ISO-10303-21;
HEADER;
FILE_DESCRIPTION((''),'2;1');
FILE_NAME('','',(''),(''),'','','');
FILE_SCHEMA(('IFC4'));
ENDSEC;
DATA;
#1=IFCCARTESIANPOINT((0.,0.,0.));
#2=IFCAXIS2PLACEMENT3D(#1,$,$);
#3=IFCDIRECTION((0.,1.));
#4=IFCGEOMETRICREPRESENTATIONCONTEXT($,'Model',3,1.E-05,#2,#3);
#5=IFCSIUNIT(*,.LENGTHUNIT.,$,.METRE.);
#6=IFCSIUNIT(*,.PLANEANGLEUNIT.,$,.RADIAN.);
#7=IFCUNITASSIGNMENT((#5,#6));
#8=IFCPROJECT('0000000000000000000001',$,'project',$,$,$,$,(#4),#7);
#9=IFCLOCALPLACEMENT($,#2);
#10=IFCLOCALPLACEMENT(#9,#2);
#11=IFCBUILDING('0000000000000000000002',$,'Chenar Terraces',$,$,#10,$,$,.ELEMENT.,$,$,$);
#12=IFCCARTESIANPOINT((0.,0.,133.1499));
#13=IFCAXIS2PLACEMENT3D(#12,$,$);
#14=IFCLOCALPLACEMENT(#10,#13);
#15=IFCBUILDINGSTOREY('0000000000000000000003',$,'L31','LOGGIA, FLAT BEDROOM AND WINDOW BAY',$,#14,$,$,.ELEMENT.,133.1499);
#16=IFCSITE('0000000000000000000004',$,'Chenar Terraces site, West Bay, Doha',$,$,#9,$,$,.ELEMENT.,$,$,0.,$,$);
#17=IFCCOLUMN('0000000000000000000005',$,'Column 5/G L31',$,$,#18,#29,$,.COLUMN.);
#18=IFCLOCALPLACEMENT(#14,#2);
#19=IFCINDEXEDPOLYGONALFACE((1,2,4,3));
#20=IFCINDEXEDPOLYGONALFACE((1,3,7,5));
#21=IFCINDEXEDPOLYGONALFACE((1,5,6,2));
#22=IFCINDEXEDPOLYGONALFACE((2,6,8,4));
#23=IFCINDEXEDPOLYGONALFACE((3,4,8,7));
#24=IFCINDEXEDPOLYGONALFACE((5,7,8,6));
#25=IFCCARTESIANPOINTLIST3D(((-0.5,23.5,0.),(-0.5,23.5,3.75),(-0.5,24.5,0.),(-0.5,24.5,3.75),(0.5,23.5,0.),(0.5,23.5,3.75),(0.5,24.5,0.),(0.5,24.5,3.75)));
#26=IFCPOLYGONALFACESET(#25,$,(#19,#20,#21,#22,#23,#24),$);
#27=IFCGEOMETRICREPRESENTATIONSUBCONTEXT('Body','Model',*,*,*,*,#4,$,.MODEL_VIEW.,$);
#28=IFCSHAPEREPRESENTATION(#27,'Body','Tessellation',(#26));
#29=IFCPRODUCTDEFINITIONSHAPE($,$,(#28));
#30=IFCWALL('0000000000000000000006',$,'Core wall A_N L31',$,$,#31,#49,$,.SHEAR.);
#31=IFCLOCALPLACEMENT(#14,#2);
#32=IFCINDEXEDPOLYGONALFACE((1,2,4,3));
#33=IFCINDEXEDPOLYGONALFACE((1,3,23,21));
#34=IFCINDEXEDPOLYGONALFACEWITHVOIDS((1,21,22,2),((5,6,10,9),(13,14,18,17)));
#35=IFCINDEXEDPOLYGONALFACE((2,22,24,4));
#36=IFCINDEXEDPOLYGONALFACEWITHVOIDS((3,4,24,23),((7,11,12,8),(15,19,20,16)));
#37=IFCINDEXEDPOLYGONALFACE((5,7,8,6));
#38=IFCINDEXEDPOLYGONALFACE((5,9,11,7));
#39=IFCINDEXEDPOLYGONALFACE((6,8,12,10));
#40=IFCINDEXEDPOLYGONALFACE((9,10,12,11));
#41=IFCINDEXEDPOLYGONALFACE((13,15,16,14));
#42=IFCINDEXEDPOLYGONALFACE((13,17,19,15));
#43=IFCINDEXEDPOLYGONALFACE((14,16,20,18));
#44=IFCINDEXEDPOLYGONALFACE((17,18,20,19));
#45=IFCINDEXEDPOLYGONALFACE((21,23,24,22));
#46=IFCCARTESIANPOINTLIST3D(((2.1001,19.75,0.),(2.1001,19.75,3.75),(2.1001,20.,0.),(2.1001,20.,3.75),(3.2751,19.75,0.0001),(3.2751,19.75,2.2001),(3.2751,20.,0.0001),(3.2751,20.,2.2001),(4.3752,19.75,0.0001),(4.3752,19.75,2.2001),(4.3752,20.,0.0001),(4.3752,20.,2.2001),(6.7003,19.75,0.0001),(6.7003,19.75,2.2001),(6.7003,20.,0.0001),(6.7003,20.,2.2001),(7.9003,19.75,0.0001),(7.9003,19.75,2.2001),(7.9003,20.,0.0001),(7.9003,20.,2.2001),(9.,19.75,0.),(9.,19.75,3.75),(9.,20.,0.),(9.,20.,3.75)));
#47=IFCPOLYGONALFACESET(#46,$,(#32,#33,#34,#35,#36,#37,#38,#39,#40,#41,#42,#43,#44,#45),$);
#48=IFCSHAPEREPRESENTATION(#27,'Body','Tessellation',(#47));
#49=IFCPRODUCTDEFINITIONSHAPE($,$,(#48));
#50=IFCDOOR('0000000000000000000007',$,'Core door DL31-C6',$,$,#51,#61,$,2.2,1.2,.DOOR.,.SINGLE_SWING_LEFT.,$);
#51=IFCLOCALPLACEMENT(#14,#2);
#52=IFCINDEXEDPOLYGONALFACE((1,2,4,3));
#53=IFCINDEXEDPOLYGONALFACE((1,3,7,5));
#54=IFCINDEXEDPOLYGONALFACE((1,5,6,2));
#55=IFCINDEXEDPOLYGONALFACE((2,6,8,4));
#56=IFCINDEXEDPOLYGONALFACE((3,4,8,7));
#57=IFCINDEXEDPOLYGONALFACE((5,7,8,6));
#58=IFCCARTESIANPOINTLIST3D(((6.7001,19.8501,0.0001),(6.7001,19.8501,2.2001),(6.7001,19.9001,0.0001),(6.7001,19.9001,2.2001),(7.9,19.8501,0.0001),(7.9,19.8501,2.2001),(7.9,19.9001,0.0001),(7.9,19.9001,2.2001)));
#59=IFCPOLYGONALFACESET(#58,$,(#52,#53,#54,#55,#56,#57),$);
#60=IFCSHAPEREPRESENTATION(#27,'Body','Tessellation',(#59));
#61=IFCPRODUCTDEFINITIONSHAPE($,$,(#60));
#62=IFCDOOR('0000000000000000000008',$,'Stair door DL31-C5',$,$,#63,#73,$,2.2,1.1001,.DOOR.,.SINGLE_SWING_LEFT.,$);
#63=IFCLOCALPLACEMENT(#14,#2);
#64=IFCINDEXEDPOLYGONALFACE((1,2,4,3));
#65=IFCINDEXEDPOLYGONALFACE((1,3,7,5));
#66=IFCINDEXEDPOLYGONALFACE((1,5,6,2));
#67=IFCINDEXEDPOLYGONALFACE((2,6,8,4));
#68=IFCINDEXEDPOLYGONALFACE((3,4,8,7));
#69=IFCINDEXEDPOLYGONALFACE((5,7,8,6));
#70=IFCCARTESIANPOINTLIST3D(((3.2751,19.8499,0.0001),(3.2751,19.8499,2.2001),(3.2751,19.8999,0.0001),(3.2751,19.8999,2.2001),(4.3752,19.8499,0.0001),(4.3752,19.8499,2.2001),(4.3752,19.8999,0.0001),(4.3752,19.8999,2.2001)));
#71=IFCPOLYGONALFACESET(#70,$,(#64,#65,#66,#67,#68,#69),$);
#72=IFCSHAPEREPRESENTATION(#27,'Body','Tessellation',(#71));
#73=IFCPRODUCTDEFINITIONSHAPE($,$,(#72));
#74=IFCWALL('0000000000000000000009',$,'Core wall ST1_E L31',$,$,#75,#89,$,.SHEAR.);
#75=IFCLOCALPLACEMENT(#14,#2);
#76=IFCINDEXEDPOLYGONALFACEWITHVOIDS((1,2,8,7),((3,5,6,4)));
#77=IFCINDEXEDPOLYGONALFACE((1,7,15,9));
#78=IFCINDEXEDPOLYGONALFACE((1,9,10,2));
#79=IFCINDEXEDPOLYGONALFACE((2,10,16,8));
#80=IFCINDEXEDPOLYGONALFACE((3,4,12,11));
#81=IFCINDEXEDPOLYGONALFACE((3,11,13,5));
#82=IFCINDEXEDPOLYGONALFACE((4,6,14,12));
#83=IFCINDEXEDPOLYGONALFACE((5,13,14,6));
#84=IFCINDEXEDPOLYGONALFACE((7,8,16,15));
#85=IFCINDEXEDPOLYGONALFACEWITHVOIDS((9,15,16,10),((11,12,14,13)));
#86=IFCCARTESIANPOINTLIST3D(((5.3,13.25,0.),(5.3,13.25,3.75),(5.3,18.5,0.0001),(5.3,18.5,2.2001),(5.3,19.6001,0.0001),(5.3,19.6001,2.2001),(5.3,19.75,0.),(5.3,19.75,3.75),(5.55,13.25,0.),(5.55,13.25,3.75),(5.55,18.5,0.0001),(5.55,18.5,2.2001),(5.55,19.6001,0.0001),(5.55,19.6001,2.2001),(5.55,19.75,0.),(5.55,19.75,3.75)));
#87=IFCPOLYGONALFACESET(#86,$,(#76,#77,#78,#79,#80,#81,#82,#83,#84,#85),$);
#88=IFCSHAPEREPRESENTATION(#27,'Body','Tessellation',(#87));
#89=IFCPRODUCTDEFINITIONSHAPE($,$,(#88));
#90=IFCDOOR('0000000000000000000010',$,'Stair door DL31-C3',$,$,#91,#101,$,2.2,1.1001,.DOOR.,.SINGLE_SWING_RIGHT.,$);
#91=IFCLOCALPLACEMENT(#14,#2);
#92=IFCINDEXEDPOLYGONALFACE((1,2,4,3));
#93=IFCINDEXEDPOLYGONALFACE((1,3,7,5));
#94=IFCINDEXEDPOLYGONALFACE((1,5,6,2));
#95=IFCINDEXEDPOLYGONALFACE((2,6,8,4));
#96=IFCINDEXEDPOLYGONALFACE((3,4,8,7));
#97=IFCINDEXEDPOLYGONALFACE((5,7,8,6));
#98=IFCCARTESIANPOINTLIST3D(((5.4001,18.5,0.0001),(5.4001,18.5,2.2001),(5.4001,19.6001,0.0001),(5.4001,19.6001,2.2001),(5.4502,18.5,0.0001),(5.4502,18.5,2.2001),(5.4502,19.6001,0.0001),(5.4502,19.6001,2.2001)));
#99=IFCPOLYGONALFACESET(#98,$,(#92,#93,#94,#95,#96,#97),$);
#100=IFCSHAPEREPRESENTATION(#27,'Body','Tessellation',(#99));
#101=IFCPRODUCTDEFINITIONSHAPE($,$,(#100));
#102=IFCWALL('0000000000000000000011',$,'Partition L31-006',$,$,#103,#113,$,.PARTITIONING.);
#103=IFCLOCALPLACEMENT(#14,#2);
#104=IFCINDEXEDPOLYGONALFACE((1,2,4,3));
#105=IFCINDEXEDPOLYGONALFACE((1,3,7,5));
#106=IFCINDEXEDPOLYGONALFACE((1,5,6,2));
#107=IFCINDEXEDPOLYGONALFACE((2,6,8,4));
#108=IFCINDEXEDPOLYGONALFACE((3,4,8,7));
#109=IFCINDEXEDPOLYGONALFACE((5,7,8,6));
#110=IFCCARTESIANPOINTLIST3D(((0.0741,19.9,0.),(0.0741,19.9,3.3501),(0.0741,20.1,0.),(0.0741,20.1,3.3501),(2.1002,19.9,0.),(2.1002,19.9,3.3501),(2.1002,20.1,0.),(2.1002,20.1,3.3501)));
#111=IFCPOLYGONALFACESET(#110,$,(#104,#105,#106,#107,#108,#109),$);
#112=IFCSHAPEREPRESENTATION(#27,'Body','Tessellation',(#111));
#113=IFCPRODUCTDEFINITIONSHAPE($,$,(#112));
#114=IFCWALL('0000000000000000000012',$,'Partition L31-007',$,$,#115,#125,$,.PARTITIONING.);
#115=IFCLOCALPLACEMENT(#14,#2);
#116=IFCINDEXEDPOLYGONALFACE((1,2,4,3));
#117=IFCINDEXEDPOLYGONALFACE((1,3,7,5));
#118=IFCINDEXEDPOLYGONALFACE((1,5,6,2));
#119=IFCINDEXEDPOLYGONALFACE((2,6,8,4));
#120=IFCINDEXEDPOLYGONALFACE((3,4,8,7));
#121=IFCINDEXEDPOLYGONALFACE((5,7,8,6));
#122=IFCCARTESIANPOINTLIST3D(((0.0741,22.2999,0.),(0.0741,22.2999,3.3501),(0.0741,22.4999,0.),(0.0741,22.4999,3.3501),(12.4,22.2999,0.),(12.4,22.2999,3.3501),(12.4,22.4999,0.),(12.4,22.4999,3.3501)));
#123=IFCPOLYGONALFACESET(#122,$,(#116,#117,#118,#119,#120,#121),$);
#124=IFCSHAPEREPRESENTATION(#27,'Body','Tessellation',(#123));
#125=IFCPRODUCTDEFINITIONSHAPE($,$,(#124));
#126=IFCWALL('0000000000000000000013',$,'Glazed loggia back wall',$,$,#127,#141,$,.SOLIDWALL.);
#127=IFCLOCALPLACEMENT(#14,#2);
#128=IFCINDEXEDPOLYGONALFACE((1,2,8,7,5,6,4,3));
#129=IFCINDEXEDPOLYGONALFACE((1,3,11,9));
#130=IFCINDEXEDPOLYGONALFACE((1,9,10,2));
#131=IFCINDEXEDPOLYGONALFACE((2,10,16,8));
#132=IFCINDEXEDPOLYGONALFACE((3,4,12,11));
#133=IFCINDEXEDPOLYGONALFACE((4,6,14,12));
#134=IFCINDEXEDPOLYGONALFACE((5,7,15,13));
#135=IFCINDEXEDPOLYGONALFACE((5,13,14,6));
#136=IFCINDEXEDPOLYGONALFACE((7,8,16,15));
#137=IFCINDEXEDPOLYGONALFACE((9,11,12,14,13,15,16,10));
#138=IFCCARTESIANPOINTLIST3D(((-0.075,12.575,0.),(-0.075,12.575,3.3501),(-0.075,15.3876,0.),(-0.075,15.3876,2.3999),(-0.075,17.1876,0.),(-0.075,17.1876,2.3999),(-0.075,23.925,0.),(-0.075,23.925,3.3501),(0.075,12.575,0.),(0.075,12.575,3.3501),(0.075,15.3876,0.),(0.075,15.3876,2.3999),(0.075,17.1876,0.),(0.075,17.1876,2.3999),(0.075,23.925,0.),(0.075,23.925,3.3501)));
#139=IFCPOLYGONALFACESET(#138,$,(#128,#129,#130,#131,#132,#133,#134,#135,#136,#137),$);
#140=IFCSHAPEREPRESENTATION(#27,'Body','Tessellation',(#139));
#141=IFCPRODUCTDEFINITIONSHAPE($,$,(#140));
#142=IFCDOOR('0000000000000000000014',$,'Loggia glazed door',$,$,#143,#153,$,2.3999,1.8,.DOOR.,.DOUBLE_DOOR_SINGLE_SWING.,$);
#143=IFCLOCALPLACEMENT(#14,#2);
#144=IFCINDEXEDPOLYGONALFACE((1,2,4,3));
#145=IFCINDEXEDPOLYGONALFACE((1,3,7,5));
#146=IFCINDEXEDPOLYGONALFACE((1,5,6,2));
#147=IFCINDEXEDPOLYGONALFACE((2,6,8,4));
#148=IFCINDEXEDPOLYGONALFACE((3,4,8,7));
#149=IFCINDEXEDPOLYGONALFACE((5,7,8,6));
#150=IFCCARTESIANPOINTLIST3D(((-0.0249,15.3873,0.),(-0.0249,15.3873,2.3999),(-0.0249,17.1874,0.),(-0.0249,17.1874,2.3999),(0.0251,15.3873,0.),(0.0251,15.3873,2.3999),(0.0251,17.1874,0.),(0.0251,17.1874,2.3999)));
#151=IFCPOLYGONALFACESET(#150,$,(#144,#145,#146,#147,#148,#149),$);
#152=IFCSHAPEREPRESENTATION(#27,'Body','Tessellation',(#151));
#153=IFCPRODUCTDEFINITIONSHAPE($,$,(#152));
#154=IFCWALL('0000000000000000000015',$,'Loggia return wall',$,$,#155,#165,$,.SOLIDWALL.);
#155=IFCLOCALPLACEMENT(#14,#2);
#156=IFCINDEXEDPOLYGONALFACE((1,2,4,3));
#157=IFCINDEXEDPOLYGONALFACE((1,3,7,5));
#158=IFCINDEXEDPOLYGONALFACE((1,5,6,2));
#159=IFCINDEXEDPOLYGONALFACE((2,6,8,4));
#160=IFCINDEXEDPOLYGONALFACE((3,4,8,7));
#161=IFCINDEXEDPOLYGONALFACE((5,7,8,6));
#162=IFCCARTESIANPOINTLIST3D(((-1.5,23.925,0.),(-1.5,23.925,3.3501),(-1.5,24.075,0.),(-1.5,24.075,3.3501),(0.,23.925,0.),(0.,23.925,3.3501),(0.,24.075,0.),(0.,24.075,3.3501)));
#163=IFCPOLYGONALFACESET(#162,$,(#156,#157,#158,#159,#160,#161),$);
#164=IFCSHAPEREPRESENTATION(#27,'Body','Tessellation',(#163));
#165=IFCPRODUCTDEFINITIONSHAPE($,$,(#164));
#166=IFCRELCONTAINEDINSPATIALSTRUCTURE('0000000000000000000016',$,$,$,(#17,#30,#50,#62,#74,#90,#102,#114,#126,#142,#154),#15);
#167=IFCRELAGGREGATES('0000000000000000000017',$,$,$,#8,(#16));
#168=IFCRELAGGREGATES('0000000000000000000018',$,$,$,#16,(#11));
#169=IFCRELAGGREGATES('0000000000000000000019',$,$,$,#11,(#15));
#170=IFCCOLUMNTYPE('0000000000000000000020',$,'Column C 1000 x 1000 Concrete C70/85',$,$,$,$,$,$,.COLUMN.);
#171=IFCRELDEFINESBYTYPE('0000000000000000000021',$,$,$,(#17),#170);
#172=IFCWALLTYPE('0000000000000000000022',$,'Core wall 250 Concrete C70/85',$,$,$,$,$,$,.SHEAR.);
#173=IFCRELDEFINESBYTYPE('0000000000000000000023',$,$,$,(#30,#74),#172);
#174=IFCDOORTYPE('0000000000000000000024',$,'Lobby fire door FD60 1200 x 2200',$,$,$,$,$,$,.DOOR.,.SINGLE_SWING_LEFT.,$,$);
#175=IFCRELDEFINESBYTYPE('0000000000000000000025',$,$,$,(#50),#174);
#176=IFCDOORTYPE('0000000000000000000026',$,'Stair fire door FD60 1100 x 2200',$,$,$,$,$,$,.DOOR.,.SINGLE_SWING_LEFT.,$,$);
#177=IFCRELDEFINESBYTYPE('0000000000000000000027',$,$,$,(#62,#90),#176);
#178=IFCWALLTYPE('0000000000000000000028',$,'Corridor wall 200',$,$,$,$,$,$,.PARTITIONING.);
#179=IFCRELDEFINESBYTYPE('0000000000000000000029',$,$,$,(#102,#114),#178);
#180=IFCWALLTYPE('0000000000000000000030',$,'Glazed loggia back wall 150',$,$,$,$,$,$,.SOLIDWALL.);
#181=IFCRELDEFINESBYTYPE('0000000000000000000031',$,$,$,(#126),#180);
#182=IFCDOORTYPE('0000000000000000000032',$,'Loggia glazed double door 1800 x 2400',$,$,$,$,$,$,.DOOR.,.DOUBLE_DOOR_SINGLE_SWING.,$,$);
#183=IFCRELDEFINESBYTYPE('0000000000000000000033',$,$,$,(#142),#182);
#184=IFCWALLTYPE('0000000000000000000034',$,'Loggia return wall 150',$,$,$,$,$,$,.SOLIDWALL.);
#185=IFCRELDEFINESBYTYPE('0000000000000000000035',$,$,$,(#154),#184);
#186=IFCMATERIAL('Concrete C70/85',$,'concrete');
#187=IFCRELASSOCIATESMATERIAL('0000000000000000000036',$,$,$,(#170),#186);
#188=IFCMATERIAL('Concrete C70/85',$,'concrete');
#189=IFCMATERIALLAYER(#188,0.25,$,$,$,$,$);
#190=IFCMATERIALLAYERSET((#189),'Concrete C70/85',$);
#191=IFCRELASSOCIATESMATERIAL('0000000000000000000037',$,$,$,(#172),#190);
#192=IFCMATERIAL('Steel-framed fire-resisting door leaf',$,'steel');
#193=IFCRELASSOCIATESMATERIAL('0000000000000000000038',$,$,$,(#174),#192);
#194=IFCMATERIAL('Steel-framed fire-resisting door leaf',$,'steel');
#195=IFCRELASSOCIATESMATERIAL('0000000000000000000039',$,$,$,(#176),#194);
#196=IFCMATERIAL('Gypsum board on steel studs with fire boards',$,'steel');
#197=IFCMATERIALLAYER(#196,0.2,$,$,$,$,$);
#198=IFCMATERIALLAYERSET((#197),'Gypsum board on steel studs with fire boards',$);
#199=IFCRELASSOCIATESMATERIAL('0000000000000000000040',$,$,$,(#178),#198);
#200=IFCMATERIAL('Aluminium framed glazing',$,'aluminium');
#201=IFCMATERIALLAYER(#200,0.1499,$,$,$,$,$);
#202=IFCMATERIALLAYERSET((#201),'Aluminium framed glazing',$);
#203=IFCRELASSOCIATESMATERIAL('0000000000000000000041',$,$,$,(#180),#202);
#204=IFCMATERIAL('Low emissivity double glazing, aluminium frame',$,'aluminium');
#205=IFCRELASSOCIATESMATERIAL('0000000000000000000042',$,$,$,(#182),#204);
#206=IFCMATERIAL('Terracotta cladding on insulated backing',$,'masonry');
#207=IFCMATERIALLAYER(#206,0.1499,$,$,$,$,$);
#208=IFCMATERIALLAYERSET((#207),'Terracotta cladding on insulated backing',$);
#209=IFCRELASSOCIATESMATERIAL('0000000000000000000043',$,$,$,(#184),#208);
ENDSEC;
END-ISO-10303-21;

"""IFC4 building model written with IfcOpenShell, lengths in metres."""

from ifc_helpers import new_model, si_unit, direction, frame, frame_2d, origin, origin_2d, place, context, subcontext, project, spatial, rectangle, extrude, material, layer, layer_set, material_profile, profile_set, type_object, element, fill, save


model = new_model("IFC4")

# Units and contexts
model_context = context("Model", 3, precision=1e-05, world=origin(), true_north=direction((0.0, 1.0)))
body_context = subcontext(model_context, "Body", "Model", "MODEL_VIEW")
ifc_project = project(units=[si_unit("LENGTHUNIT", "METRE"), si_unit("PLANEANGLEUNIT", "RADIAN")], contexts=[model_context])

# Site, building, storey
site_placement = place(None, origin())
site = spatial("IfcSite", under=ifc_project, at=site_placement, Name="Chenar Terraces site, West Bay, Doha", CompositionType="ELEMENT", RefElevation=0.0)
building_placement = place(site_placement, origin())
building = spatial("IfcBuilding", under=site, at=building_placement, Name="Chenar Terraces", CompositionType="ELEMENT")
storey_placement = place(building_placement, frame((0.0, 0.0, 133.1499)))
storey = spatial("IfcBuildingStorey", under=building, at=storey_placement, Name="L31", Description="LOGGIA, FLAT BEDROOM AND WINDOW BAY", CompositionType="ELEMENT", Elevation=133.1499)

# Column
ifc_material_1 = material(Name="Concrete C70/85", Category="concrete")
ifc_material_profile = material_profile(ifc_material_1, rectangle(XDim=1.0, YDim=1.0, at=origin_2d()), Name="C 1000 x 1000")
ifc_profile_set = profile_set([ifc_material_profile], Name="Concrete C70/85")
column_type = type_object("IfcColumnType", Name="Column C 1000 x 1000 Concrete C70/85", PredefinedType="COLUMN", material=ifc_profile_set)
column_placement = place(storey_placement, frame((0.0, 24.0, 0.0), z_axis=(0.0, 0.0, 1.0), x_axis=(1.0, 0.0, 0.0)))
element("IfcColumn", 1, at=column_placement, inside=storey, type_object=column_type, Name="Column 5/G L31", PredefinedType="COLUMN", context=body_context, shape_type="SweptSolid", body=[
    extrude(rectangle(XDim=1.0, YDim=1.0, at=origin_2d()), origin(), (0.0, 0.0, 1.0), 3.75),
])

# Wall, openings, doors
ifc_material_2 = material(Name="Concrete C70/85", Category="concrete")
ifc_layer_1 = layer(ifc_material_2, 0.25)
ifc_layer_set_1 = layer_set([ifc_layer_1], Name="Concrete C70/85")
wall_type_1 = type_object("IfcWallType", Name="Core wall 250 Concrete C70/85", PredefinedType="SHEAR", material=ifc_layer_set_1)
wall_1_placement = place(storey_placement, frame((2.1001, 19.875, 0.0), z_axis=(0.0, 0.0, 1.0), x_axis=(1.0, 0.0, 0.0)))
wall_1 = element("IfcWall", 2, at=wall_1_placement, inside=storey, type_object=wall_type_1, Name="Core wall A_N L31", PredefinedType="SHEAR", context=body_context, shape_type="SweptSolid", body=[
    extrude(rectangle(XDim=6.8999, YDim=0.25, at=frame_2d((3.45, 0.0))), origin(), (0.0, 0.0, 1.0), 3.75),
])
opening_1_placement = place(wall_1_placement, frame((1.175, 0.0, 0.0)))
opening_1 = element("IfcOpeningElement", 3, at=opening_1_placement, cuts=wall_1, PredefinedType="OPENING", context=body_context, shape_type="SweptSolid", body=[
    extrude(rectangle(XDim=1.1001, YDim=2.2, at=frame_2d((0.55, 1.1001))), frame((0.0, 0.135, 0.0), z_axis=(0.0, -1.0, 0.0), x_axis=(1.0, 0.0, 0.0)), (0.0, 0.0, 1.0), 0.27),
])
opening_2_placement = place(wall_1_placement, frame((4.6001, 0.0, 0.0)))
opening_2 = element("IfcOpeningElement", 4, at=opening_2_placement, cuts=wall_1, PredefinedType="OPENING", context=body_context, shape_type="SweptSolid", body=[
    extrude(rectangle(XDim=1.2, YDim=2.2, at=frame_2d((0.6001, 1.1001))), frame((0.0, 0.135, 0.0), z_axis=(0.0, -1.0, 0.0), x_axis=(1.0, 0.0, 0.0)), (0.0, 0.0, 1.0), 0.27),
])
ifc_material_3 = material(Name="Steel-framed fire-resisting door leaf", Category="steel")
door_type_1 = type_object("IfcDoorType", Name="Lobby fire door FD60 1200 x 2200", OperationType="SINGLE_SWING_LEFT", PredefinedType="DOOR", material=ifc_material_3)
door_1_placement = place(opening_2_placement, frame((1.2, 0.0, 0.0), z_axis=(0.0, 0.0, 1.0), x_axis=(-1.0, 0.0, 0.0)))
door_1 = element("IfcDoor", 5, at=door_1_placement, inside=storey, type_object=door_type_1, Name="Core door DL31-C6", OperationType="SINGLE_SWING_LEFT", OverallHeight=2.2, OverallWidth=1.2, PredefinedType="DOOR", context=body_context, shape_type="SweptSolid", body=[
    extrude(rectangle(XDim=1.2, YDim=2.2, at=frame_2d((0.6001, 1.1001))), frame((0.0, 0.0249, 0.0), z_axis=(0.0, -1.0, 0.0), x_axis=(1.0, 0.0, 0.0)), (0.0, 0.0, 1.0), 0.05),
])
fill(opening_2, door_1)
ifc_material_4 = material(Name="Steel-framed fire-resisting door leaf", Category="steel")
door_type_2 = type_object("IfcDoorType", Name="Stair fire door FD60 1100 x 2200", OperationType="SINGLE_SWING_LEFT", PredefinedType="DOOR", material=ifc_material_4)
door_2_placement = place(opening_1_placement, origin())
door_2 = element("IfcDoor", 6, at=door_2_placement, inside=storey, type_object=door_type_2, Name="Stair door DL31-C5", OperationType="SINGLE_SWING_LEFT", OverallHeight=2.2, OverallWidth=1.1001, PredefinedType="DOOR", context=body_context, shape_type="SweptSolid", body=[
    extrude(rectangle(XDim=1.1001, YDim=2.2, at=frame_2d((0.55, 1.1001))), frame((0.0, 0.0249, 0.0), z_axis=(0.0, -1.0, 0.0), x_axis=(1.0, 0.0, 0.0)), (0.0, 0.0, 1.0), 0.05),
])
fill(opening_1, door_2)

# Wall, opening, door
wall_2_placement = place(storey_placement, frame((5.425, 13.25, 0.0), z_axis=(0.0, 0.0, 1.0), x_axis=(0.0, 1.0, 0.0)))
wall_2 = element("IfcWall", 7, at=wall_2_placement, inside=storey, type_object=wall_type_1, Name="Core wall ST1_E L31", PredefinedType="SHEAR", context=body_context, shape_type="SweptSolid", body=[
    extrude(rectangle(XDim=6.5, YDim=0.25, at=frame_2d((3.25, 0.0))), origin(), (0.0, 0.0, 1.0), 3.75),
])
opening_3_placement = place(wall_2_placement, frame((5.25, 0.0, 0.0)))
opening_3 = element("IfcOpeningElement", 8, at=opening_3_placement, cuts=wall_2, PredefinedType="OPENING", context=body_context, shape_type="SweptSolid", body=[
    extrude(rectangle(XDim=1.1001, YDim=2.2, at=frame_2d((0.55, 1.1001))), frame((0.0, 0.135, 0.0), z_axis=(0.0, -1.0, 0.0), x_axis=(1.0, 0.0, 0.0)), (0.0, 0.0, 1.0), 0.27),
])
door_3_placement = place(opening_3_placement, origin())
door_3 = element("IfcDoor", 9, at=door_3_placement, inside=storey, type_object=door_type_2, Name="Stair door DL31-C3", OperationType="SINGLE_SWING_RIGHT", OverallHeight=2.2, OverallWidth=1.1001, PredefinedType="DOOR", context=body_context, shape_type="SweptSolid", body=[
    extrude(rectangle(XDim=1.1001, YDim=2.2, at=frame_2d((0.55, 1.1001))), frame((0.0, 0.0249, 0.0), z_axis=(0.0, -1.0, 0.0), x_axis=(1.0, 0.0, 0.0)), (0.0, 0.0, 1.0), 0.05),
])
fill(opening_3, door_3)

# Walls
ifc_material_5 = material(Name="Gypsum board on steel studs with fire boards", Category="steel")
ifc_layer_2 = layer(ifc_material_5, 0.2)
ifc_layer_set_2 = layer_set([ifc_layer_2], Name="Gypsum board on steel studs with fire boards")
wall_type_2 = type_object("IfcWallType", Name="Corridor wall 200", PredefinedType="PARTITIONING", material=ifc_layer_set_2)
wall_3_placement = place(storey_placement, frame((0.074, 20.0, 0.0), z_axis=(0.0, 0.0, 1.0), x_axis=(1.0, 0.0, 0.0)))
element("IfcWall", 10, at=wall_3_placement, inside=storey, type_object=wall_type_2, Name="Partition L31-006", PredefinedType="PARTITIONING", context=body_context, shape_type="SweptSolid", body=[
    extrude(rectangle(XDim=2.0261, YDim=0.2, at=frame_2d((1.0132, 0.0))), origin(), (0.0, 0.0, 1.0), 3.3501),
])
wall_4_placement = place(storey_placement, frame((0.074, 22.3999, 0.0), z_axis=(0.0, 0.0, 1.0), x_axis=(1.0, 0.0, 0.0)))
element("IfcWall", 11, at=wall_4_placement, inside=storey, type_object=wall_type_2, Name="Partition L31-007", PredefinedType="PARTITIONING", context=body_context, shape_type="SweptSolid", body=[
    extrude(rectangle(XDim=12.3259, YDim=0.2, at=frame_2d((6.1631, 0.0))), origin(), (0.0, 0.0, 1.0), 3.3501),
])

# Wall, opening, door
ifc_material_6 = material(Name="Aluminium framed glazing", Category="aluminium")
ifc_layer_3 = layer(ifc_material_6, 0.1499)
ifc_layer_set_3 = layer_set([ifc_layer_3], Name="Aluminium framed glazing")
wall_type_3 = type_object("IfcWallType", Name="Glazed loggia back wall 150", PredefinedType="SOLIDWALL", material=ifc_layer_set_3)
wall_5_placement = place(storey_placement, frame((0.0, 23.925, 0.0), z_axis=(0.0, 0.0, 1.0), x_axis=(0.0, -1.0, 0.0)))
wall_5 = element("IfcWall", 12, at=wall_5_placement, inside=storey, type_object=wall_type_3, Name="Glazed loggia back wall", PredefinedType="SOLIDWALL", context=body_context, shape_type="SweptSolid", body=[
    extrude(rectangle(XDim=11.3501, YDim=0.1499, at=frame_2d((5.675, 0.0))), origin(), (0.0, 0.0, 1.0), 3.3501),
])
opening_4_placement = place(wall_5_placement, frame((6.7375, 0.0, 0.0)))
opening_4 = element("IfcOpeningElement", 13, at=opening_4_placement, cuts=wall_5, PredefinedType="OPENING", context=body_context, shape_type="SweptSolid", body=[
    extrude(rectangle(XDim=1.8, YDim=2.3999, at=frame_2d((0.8999, 1.2))), frame((0.0, 0.085, 0.0), z_axis=(0.0, -1.0, 0.0), x_axis=(1.0, 0.0, 0.0)), (0.0, 0.0, 1.0), 0.1699),
])
ifc_material_7 = material(Name="Low emissivity double glazing, aluminium frame", Category="aluminium")
door_type_3 = type_object("IfcDoorType", Name="Loggia glazed double door 1800 x 2400", OperationType="DOUBLE_DOOR_SINGLE_SWING", PredefinedType="DOOR", material=ifc_material_7)
door_4_placement = place(opening_4_placement, frame((1.8, 0.0, 0.0), z_axis=(0.0, 0.0, 1.0), x_axis=(-1.0, 0.0, 0.0)))
door_4 = element("IfcDoor", 14, at=door_4_placement, inside=storey, type_object=door_type_3, Name="Loggia glazed door", OperationType="DOUBLE_DOOR_SINGLE_SWING", OverallHeight=2.3999, OverallWidth=1.8, PredefinedType="DOOR", context=body_context, shape_type="SweptSolid", body=[
    extrude(rectangle(XDim=1.8, YDim=2.3999, at=frame_2d((0.8999, 1.2))), frame((0.0, 0.0249, 0.0), z_axis=(0.0, -1.0, 0.0), x_axis=(1.0, 0.0, 0.0)), (0.0, 0.0, 1.0), 0.05),
])
fill(opening_4, door_4)

# Wall
ifc_material_8 = material(Name="Terracotta cladding on insulated backing", Category="masonry")
ifc_layer_4 = layer(ifc_material_8, 0.1499)
ifc_layer_set_4 = layer_set([ifc_layer_4], Name="Terracotta cladding on insulated backing")
wall_type_4 = type_object("IfcWallType", Name="Loggia return wall 150", PredefinedType="SOLIDWALL", material=ifc_layer_set_4)
wall_6_placement = place(storey_placement, frame((-1.5, 24.0, 0.0), z_axis=(0.0, 0.0, 1.0), x_axis=(1.0, 0.0, 0.0)))
element("IfcWall", 15, at=wall_6_placement, inside=storey, type_object=wall_type_4, Name="Loggia return wall", PredefinedType="SOLIDWALL", context=body_context, shape_type="SweptSolid", body=[
    extrude(rectangle(XDim=1.5, YDim=0.1499, at=frame_2d((0.75, 0.0))), origin(), (0.0, 0.0, 1.0), 3.3501),
])

save(model, "model.ifc")
